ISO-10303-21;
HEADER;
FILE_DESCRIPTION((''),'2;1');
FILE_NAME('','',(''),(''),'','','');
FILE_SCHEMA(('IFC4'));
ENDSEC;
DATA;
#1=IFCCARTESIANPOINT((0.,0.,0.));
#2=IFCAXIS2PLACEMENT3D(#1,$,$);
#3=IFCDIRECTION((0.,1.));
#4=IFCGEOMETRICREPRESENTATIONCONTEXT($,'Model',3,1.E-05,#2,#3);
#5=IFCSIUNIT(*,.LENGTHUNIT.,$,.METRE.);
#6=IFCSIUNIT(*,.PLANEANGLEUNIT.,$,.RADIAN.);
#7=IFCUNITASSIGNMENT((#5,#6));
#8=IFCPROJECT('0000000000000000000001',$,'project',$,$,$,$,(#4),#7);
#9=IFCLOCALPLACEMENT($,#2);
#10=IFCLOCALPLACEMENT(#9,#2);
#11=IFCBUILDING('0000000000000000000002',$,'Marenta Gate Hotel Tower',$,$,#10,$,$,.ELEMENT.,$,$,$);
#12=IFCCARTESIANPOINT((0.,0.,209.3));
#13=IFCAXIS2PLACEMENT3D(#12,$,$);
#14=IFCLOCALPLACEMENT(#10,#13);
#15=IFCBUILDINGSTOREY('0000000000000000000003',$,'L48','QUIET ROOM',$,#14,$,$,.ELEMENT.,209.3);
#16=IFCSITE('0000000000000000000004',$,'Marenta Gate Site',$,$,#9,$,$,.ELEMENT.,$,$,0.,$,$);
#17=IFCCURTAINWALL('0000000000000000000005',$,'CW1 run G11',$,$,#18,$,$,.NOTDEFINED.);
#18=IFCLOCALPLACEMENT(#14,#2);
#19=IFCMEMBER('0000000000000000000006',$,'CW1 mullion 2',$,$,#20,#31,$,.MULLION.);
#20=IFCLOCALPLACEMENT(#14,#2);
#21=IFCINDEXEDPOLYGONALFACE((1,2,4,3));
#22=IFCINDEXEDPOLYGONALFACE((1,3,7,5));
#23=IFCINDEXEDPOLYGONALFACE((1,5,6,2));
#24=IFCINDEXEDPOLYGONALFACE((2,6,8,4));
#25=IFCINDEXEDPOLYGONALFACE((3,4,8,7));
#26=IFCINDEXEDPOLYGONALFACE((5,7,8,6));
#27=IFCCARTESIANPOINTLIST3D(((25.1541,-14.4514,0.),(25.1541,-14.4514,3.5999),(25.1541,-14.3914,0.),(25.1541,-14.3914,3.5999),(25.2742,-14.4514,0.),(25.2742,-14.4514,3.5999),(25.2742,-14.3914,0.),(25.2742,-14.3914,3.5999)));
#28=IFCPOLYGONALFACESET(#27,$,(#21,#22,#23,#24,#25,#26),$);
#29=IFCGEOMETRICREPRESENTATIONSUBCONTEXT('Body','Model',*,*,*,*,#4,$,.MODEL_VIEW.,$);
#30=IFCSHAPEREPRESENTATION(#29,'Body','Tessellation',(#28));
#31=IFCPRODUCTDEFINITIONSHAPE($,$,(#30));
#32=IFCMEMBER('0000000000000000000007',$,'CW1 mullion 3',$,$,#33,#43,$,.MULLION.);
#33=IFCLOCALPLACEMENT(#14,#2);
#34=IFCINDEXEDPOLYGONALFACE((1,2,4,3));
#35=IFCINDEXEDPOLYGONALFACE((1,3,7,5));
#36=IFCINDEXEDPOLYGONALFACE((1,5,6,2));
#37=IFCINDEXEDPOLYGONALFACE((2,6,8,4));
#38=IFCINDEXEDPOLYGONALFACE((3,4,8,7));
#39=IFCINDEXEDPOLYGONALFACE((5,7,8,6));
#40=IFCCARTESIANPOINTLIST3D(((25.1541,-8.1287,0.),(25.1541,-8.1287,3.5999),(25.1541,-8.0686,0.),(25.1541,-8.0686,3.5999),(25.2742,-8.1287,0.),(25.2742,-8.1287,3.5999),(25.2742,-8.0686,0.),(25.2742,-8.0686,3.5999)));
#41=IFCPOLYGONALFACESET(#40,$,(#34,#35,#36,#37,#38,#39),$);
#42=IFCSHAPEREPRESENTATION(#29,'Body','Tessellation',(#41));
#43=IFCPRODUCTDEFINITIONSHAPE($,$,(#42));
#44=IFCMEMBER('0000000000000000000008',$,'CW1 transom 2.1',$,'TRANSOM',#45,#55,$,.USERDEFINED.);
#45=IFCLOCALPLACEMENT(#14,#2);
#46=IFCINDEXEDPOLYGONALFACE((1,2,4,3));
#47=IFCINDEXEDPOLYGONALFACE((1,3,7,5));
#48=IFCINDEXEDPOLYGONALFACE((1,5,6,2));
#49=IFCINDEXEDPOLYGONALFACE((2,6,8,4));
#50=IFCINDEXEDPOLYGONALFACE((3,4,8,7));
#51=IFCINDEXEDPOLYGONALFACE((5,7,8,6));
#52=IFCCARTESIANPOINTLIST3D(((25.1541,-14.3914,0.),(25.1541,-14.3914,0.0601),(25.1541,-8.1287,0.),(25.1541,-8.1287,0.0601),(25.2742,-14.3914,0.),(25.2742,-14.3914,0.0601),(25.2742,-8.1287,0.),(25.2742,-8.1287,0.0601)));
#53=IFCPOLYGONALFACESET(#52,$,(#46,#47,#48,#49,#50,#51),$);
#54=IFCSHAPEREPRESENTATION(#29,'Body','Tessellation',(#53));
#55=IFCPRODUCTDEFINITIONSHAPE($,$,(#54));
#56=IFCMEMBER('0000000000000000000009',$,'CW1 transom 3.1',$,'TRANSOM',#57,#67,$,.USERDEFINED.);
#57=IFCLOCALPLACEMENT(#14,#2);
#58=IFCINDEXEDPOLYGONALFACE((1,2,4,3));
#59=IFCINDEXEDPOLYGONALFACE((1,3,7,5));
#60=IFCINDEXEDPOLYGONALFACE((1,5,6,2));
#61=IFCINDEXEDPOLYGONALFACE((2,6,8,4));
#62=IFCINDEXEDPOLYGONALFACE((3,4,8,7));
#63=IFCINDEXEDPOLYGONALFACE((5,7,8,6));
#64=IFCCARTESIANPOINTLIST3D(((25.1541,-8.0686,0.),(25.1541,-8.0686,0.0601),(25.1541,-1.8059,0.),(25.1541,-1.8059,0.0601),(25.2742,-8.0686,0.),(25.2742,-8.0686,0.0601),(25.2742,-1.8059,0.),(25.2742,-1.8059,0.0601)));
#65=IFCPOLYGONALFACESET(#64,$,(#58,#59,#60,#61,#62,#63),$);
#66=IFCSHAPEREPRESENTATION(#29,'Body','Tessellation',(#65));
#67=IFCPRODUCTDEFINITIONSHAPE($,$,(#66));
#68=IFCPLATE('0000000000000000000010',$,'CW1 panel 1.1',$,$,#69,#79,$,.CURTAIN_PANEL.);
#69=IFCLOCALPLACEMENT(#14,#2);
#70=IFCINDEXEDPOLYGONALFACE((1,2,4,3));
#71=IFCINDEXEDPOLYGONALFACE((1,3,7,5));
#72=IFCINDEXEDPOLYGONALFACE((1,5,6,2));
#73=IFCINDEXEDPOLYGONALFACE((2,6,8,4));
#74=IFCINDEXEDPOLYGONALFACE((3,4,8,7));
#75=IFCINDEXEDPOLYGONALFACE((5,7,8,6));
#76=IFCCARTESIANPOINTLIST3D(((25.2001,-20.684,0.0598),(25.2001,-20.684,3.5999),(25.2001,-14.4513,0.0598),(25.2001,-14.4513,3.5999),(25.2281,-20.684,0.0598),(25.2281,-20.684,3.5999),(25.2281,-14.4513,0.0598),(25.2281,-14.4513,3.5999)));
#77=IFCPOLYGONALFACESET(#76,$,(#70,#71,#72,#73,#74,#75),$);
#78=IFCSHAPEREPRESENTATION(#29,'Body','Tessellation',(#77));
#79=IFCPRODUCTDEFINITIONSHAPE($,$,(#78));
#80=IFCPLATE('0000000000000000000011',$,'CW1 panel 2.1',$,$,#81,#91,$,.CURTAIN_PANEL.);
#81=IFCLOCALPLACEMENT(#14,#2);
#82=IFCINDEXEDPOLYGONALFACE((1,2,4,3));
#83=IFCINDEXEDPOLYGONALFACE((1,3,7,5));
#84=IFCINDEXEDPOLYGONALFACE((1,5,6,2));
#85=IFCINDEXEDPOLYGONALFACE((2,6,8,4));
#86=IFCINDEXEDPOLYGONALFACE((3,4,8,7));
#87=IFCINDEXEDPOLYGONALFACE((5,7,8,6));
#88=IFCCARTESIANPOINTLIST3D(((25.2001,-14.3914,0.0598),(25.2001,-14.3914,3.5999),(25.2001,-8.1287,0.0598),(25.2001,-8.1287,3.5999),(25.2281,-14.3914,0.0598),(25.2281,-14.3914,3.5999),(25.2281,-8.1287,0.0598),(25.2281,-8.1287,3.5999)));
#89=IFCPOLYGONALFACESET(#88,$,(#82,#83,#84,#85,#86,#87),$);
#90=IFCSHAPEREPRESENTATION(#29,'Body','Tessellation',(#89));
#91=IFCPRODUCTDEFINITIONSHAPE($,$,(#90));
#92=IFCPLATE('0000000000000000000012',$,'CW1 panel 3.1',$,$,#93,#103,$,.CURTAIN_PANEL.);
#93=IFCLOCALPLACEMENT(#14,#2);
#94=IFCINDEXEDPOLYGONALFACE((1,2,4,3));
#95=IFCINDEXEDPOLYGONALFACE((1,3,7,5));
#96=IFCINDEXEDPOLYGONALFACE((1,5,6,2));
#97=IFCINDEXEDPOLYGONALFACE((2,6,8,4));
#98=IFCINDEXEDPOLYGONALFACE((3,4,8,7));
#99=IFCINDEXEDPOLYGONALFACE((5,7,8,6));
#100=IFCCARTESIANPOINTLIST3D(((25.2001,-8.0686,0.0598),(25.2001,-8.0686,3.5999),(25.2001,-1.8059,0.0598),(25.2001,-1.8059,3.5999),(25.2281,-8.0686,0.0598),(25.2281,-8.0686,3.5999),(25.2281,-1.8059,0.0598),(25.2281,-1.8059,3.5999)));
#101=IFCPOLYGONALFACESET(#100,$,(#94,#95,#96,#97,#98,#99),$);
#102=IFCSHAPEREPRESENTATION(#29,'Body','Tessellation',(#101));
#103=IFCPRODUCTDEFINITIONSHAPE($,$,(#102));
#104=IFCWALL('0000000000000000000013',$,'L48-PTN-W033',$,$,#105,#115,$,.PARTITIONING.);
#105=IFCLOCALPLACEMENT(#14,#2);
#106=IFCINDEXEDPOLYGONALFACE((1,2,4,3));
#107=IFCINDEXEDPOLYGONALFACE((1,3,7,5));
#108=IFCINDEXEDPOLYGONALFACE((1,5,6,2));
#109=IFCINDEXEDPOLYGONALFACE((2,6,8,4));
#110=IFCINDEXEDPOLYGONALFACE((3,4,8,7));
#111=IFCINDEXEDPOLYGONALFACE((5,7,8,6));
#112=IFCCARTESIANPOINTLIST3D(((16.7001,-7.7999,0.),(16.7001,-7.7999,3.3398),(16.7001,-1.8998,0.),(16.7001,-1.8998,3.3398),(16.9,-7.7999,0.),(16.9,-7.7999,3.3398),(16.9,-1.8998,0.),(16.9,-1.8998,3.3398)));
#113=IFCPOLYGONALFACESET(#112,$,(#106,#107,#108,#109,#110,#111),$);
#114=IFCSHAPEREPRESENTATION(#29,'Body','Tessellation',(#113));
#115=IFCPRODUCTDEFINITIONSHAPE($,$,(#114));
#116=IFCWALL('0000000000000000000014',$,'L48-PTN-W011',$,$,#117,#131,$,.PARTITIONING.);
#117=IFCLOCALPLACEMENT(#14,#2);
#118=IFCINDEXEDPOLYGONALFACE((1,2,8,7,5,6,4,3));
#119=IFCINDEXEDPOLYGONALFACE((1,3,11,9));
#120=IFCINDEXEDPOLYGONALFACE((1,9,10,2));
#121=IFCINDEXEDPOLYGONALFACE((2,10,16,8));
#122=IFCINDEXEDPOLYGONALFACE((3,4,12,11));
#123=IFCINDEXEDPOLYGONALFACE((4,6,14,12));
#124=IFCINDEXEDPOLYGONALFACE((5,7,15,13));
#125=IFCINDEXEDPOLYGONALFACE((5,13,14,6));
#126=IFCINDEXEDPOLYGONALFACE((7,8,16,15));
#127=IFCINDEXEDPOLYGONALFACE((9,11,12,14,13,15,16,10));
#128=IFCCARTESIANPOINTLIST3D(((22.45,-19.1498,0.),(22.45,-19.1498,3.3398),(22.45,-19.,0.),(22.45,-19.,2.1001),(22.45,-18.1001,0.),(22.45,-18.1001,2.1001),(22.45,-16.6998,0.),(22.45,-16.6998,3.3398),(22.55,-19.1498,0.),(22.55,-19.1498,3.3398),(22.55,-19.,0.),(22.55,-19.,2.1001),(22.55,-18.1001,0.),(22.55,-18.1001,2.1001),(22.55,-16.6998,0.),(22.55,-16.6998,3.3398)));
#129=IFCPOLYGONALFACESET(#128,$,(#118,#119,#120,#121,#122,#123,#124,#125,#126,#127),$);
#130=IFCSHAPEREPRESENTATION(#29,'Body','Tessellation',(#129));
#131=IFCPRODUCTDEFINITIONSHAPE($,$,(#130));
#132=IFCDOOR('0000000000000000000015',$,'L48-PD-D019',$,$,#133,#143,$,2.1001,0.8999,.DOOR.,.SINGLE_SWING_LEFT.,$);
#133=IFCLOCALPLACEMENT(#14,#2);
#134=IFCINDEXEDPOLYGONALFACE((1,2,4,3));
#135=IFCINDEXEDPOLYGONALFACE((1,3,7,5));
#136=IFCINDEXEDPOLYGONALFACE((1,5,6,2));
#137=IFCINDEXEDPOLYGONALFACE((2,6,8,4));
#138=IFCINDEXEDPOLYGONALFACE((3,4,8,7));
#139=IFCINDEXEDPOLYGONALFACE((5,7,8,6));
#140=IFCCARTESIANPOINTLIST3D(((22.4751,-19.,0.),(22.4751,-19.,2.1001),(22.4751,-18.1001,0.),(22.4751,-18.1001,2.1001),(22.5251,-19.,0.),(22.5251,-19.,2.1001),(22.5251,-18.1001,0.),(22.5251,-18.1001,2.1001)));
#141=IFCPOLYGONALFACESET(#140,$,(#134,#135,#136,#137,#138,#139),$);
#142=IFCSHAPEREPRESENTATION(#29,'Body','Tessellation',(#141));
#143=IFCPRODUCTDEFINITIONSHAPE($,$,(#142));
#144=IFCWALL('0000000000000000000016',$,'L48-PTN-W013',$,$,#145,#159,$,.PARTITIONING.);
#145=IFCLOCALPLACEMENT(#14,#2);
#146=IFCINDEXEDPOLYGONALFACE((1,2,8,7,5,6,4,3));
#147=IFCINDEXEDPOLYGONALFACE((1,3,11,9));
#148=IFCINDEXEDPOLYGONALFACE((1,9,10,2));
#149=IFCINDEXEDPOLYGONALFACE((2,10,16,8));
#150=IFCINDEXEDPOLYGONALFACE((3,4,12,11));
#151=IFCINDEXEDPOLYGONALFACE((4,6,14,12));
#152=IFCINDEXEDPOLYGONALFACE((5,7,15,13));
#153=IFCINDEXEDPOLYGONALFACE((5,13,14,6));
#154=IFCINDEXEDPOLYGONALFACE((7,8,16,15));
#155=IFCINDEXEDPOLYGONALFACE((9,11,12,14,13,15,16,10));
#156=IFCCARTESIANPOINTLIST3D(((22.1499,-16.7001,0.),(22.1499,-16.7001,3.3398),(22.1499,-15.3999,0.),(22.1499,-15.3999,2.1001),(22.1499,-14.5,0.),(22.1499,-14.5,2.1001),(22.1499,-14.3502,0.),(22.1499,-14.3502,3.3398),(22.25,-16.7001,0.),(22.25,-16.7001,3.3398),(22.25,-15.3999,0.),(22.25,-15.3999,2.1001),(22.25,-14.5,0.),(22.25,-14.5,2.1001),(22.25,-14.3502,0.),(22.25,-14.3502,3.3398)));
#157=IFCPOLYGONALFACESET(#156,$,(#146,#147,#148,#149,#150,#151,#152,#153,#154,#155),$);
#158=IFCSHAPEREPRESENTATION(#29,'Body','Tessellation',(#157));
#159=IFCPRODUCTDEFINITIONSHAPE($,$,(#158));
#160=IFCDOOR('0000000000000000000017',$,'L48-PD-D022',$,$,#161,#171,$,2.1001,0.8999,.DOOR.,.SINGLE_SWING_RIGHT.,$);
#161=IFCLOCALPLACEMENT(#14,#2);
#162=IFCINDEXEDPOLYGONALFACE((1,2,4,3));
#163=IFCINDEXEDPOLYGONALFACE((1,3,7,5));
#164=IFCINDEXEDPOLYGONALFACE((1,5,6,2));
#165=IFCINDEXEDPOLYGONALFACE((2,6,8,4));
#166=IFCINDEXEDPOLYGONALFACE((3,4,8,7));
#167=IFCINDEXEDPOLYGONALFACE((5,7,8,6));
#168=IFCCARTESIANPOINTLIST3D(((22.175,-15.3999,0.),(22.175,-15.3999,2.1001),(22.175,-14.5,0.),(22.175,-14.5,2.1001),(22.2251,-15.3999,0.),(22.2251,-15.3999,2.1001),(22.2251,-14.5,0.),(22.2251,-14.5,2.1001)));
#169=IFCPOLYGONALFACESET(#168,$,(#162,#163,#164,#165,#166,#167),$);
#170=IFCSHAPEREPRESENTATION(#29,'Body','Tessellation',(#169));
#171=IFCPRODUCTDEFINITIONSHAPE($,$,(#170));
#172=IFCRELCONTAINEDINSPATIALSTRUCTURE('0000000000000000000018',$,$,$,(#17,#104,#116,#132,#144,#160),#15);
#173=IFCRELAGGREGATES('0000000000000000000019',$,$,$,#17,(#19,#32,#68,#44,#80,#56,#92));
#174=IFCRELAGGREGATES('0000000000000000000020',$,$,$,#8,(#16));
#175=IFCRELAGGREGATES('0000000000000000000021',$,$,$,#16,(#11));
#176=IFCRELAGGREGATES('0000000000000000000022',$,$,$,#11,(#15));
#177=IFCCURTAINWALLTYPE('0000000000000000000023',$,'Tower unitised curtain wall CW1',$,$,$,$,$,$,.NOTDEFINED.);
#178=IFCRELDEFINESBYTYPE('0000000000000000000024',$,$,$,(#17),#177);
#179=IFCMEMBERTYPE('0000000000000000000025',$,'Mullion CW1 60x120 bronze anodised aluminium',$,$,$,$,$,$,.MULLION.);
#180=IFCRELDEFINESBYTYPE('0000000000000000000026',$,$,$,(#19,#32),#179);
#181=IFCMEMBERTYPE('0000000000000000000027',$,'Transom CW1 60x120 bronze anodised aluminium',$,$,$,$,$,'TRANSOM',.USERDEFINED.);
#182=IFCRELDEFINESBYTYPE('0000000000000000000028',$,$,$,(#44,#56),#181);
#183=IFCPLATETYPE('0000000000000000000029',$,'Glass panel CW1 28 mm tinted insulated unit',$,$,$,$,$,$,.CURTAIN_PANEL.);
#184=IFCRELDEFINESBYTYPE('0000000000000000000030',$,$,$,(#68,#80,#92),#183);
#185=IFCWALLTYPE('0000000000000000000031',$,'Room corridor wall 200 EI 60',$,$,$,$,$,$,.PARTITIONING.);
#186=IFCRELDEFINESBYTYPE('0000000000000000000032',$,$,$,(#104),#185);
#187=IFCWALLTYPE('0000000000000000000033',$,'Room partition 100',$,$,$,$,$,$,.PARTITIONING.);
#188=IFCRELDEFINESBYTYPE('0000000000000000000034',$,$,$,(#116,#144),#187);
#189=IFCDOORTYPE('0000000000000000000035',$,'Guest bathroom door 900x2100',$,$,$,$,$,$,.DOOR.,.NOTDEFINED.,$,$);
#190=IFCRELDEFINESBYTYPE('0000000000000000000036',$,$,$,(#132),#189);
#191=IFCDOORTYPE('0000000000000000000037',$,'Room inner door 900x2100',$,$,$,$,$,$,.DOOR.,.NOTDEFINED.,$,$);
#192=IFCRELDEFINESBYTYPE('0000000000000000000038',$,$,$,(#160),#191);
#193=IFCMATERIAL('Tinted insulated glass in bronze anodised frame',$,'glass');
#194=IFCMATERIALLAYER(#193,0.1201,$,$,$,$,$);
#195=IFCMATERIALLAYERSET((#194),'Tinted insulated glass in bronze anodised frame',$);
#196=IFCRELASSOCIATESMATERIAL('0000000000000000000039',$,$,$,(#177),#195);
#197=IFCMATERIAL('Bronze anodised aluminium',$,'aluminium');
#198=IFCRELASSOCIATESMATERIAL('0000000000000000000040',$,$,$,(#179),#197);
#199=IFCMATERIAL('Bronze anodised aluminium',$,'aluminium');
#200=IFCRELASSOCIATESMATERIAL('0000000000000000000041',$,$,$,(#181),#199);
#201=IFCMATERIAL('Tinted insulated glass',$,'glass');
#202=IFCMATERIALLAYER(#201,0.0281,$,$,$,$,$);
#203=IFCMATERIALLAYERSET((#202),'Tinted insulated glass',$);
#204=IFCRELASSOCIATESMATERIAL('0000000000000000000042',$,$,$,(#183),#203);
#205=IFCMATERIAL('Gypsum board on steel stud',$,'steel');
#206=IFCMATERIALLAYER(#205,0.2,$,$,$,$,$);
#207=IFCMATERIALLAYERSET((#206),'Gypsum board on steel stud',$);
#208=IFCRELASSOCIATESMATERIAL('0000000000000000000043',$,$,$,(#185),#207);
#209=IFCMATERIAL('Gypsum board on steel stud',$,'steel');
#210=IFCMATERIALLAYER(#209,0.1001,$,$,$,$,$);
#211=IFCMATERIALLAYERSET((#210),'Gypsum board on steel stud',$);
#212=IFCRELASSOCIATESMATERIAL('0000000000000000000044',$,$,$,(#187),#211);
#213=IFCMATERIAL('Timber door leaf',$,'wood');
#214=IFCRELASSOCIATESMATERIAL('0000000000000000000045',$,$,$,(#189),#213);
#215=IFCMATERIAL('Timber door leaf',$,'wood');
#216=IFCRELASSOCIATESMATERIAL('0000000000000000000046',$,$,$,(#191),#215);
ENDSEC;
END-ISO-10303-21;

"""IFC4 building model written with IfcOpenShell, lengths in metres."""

from ifc_helpers import new_model, si_unit, direction, frame, frame_2d, origin, origin_2d, place, context, subcontext, project, spatial, rectangle, extrude, material, layer, layer_set, material_profile, profile_set, type_object, element, fill, aggregate, save


model = new_model("IFC4")

# Units and contexts
model_context = context("Model", 3, precision=1e-05, world=origin(), true_north=direction((0.0, 1.0)))
body_context = subcontext(model_context, "Body", "Model", "MODEL_VIEW")
ifc_project = project(units=[si_unit("LENGTHUNIT", "METRE"), si_unit("PLANEANGLEUNIT", "RADIAN")], contexts=[model_context])

# Site, building, storey
site_placement = place(None, origin())
site = spatial("IfcSite", under=ifc_project, at=site_placement, Name="Marenta Gate Site", CompositionType="ELEMENT", RefElevation=0.0)
building_placement = place(site_placement, origin())
building = spatial("IfcBuilding", under=site, at=building_placement, Name="Marenta Gate Hotel Tower", CompositionType="ELEMENT")
storey_placement = place(building_placement, frame((0.0, 0.0, 209.3)))
storey = spatial("IfcBuildingStorey", under=building, at=storey_placement, Name="L48", Description="QUIET ROOM", CompositionType="ELEMENT", Elevation=209.3)

# Curtain wall, members, plates
ifc_material_1 = material(Name="Tinted insulated glass in bronze anodised frame", Category="glass")
ifc_layer_1 = layer(ifc_material_1, 0.1201)
ifc_layer_set_1 = layer_set([ifc_layer_1], Name="Tinted insulated glass in bronze anodised frame")
curtain_wall_type = type_object("IfcCurtainWallType", Name="Tower unitised curtain wall CW1", PredefinedType="NOTDEFINED", material=ifc_layer_set_1)
curtain_wall_placement = place(storey_placement, origin())
curtain_wall = element("IfcCurtainWall", 1, at=curtain_wall_placement, inside=storey, type_object=curtain_wall_type, Name="CW1 run G11", PredefinedType="NOTDEFINED")
ifc_material_2 = material(Name="Bronze anodised aluminium", Category="aluminium")
ifc_material_profile_1 = material_profile(ifc_material_2, rectangle(XDim=0.1201, YDim=0.0601, at=origin_2d()), Name="Mullion CW1 60x120 bronze anodised aluminium")
ifc_profile_set_1 = profile_set([ifc_material_profile_1], Name="Bronze anodised aluminium")
member_type_1 = type_object("IfcMemberType", Name="Mullion CW1 60x120 bronze anodised aluminium", PredefinedType="MULLION", material=ifc_profile_set_1)
member_1_placement = place(storey_placement, frame((25.2141, -14.4214, 0.0), z_axis=(0.0, 0.0, 1.0), x_axis=(-1.0, 0.0, 0.0)))
member_1 = element("IfcMember", 2, at=member_1_placement, type_object=member_type_1, Name="CW1 mullion 2", PredefinedType="MULLION", context=body_context, shape_type="SweptSolid", body=[
    extrude(rectangle(XDim=0.1201, YDim=0.0601, at=origin_2d()), origin(), (0.0, 0.0, 1.0), 3.5999),
])
member_2_placement = place(storey_placement, frame((25.2141, -8.0986, 0.0), z_axis=(0.0, 0.0, 1.0), x_axis=(-1.0, 0.0, 0.0)))
member_2 = element("IfcMember", 3, at=member_2_placement, type_object=member_type_1, Name="CW1 mullion 3", PredefinedType="MULLION", context=body_context, shape_type="SweptSolid", body=[
    extrude(rectangle(XDim=0.1201, YDim=0.0601, at=origin_2d()), origin(), (0.0, 0.0, 1.0), 3.5999),
])
ifc_material_3 = material(Name="Bronze anodised aluminium", Category="aluminium")
ifc_material_profile_2 = material_profile(ifc_material_3, rectangle(XDim=0.1201, YDim=0.0601, at=origin_2d()), Name="Transom CW1 60x120 bronze anodised aluminium")
ifc_profile_set_2 = profile_set([ifc_material_profile_2], Name="Bronze anodised aluminium")
member_type_2 = type_object("IfcMemberType", Name="Transom CW1 60x120 bronze anodised aluminium", ElementType="TRANSOM", PredefinedType="USERDEFINED", material=ifc_profile_set_2)
member_3_placement = place(storey_placement, frame((25.2141, -14.3914, 0.03), z_axis=(0.0, 1.0, 0.0), x_axis=(-1.0, 0.0, 0.0)))
member_3 = element("IfcMember", 4, at=member_3_placement, type_object=member_type_2, Name="CW1 transom 2.1", ObjectType="TRANSOM", PredefinedType="USERDEFINED", context=body_context, shape_type="SweptSolid", body=[
    extrude(rectangle(XDim=0.1201, YDim=0.0601, at=origin_2d()), origin(), (0.0, 0.0, 1.0), 6.2627),
])
member_4_placement = place(storey_placement, frame((25.2141, -8.0686, 0.03), z_axis=(0.0, 1.0, 0.0), x_axis=(-1.0, 0.0, 0.0)))
member_4 = element("IfcMember", 5, at=member_4_placement, type_object=member_type_2, Name="CW1 transom 3.1", ObjectType="TRANSOM", PredefinedType="USERDEFINED", context=body_context, shape_type="SweptSolid", body=[
    extrude(rectangle(XDim=0.1201, YDim=0.0601, at=origin_2d()), origin(), (0.0, 0.0, 1.0), 6.2627),
])
ifc_material_4 = material(Name="Tinted insulated glass", Category="glass")
ifc_layer_2 = layer(ifc_material_4, 0.0281)
ifc_layer_set_2 = layer_set([ifc_layer_2], Name="Tinted insulated glass")
plate_type = type_object("IfcPlateType", Name="Glass panel CW1 28 mm tinted insulated unit", PredefinedType="CURTAIN_PANEL", material=ifc_layer_set_2)
plate_1_placement = place(storey_placement, frame((25.2141, -17.5676, 0.0598), z_axis=(0.0, 0.0, 1.0), x_axis=(0.0, 1.0, 0.0)))
plate_1 = element("IfcPlate", 6, at=plate_1_placement, type_object=plate_type, Name="CW1 panel 1.1", PredefinedType="CURTAIN_PANEL", context=body_context, shape_type="SweptSolid", body=[
    extrude(rectangle(XDim=6.2327, YDim=0.0281, at=origin_2d()), origin(), (0.0, 0.0, 1.0), 3.54),
])
plate_2_placement = place(storey_placement, frame((25.2141, -11.26, 0.0598), z_axis=(0.0, 0.0, 1.0), x_axis=(0.0, 1.0, 0.0)))
plate_2 = element("IfcPlate", 7, at=plate_2_placement, type_object=plate_type, Name="CW1 panel 2.1", PredefinedType="CURTAIN_PANEL", context=body_context, shape_type="SweptSolid", body=[
    extrude(rectangle(XDim=6.2627, YDim=0.0281, at=origin_2d()), origin(), (0.0, 0.0, 1.0), 3.54),
])
plate_3_placement = place(storey_placement, frame((25.2141, -4.9373, 0.0598), z_axis=(0.0, 0.0, 1.0), x_axis=(0.0, 1.0, 0.0)))
plate_3 = element("IfcPlate", 8, at=plate_3_placement, type_object=plate_type, Name="CW1 panel 3.1", PredefinedType="CURTAIN_PANEL", context=body_context, shape_type="SweptSolid", body=[
    extrude(rectangle(XDim=6.2627, YDim=0.0281, at=origin_2d()), origin(), (0.0, 0.0, 1.0), 3.54),
])
aggregate(curtain_wall, [member_1, member_2, plate_1, member_3, plate_2, member_4, plate_3])

# Wall
ifc_material_5 = material(Name="Gypsum board on steel stud", Category="steel")
ifc_layer_3 = layer(ifc_material_5, 0.2)
ifc_layer_set_3 = layer_set([ifc_layer_3], Name="Gypsum board on steel stud")
wall_type_1 = type_object("IfcWallType", Name="Room corridor wall 200 EI 60", PredefinedType="PARTITIONING", material=ifc_layer_set_3)
wall_1_placement = place(storey_placement, frame((16.8, -7.8, 0.0), z_axis=(0.0, 0.0, 1.0), x_axis=(0.0, 1.0, 0.0)))
element("IfcWall", 9, at=wall_1_placement, inside=storey, type_object=wall_type_1, Name="L48-PTN-W033", PredefinedType="PARTITIONING", context=body_context, shape_type="SweptSolid", body=[
    extrude(rectangle(XDim=5.9001, YDim=0.2, at=frame_2d((2.9502, 0.0))), origin(), (0.0, 0.0, 1.0), 3.3398),
])

# Walls, openings, doors
ifc_material_6 = material(Name="Gypsum board on steel stud", Category="steel")
ifc_layer_4 = layer(ifc_material_6, 0.1001)
ifc_layer_set_4 = layer_set([ifc_layer_4], Name="Gypsum board on steel stud")
wall_type_2 = type_object("IfcWallType", Name="Room partition 100", PredefinedType="PARTITIONING", material=ifc_layer_set_4)
wall_2_placement = place(storey_placement, frame((22.5, -19.1499, 0.0), z_axis=(0.0, 0.0, 1.0), x_axis=(0.0, 1.0, 0.0)))
wall_2 = element("IfcWall", 10, at=wall_2_placement, inside=storey, type_object=wall_type_2, Name="L48-PTN-W011", PredefinedType="PARTITIONING", context=body_context, shape_type="SweptSolid", body=[
    extrude(rectangle(XDim=2.45, YDim=0.1001, at=frame_2d((1.2251, 0.0))), origin(), (0.0, 0.0, 1.0), 3.3398),
])
opening_1_placement = place(wall_2_placement, frame((0.1499, 0.0, 0.0)))
opening_1 = element("IfcOpeningElement", 11, at=opening_1_placement, cuts=wall_2, PredefinedType="OPENING", context=body_context, shape_type="SweptSolid", body=[
    extrude(rectangle(XDim=0.8999, YDim=2.1001, at=frame_2d((0.45, 1.05))), frame((0.0, 0.05, 0.0), z_axis=(0.0, -1.0, 0.0), x_axis=(1.0, 0.0, 0.0)), (0.0, 0.0, 1.0), 0.1001),
])
ifc_material_7 = material(Name="Timber door leaf", Category="wood")
door_type_1 = type_object("IfcDoorType", Name="Guest bathroom door 900x2100", OperationType="NOTDEFINED", PredefinedType="DOOR", material=ifc_material_7)
door_1_placement = place(opening_1_placement, origin())
door_1 = element("IfcDoor", 12, at=door_1_placement, inside=storey, type_object=door_type_1, Name="L48-PD-D019", OperationType="SINGLE_SWING_LEFT", OverallHeight=2.1001, OverallWidth=0.8999, PredefinedType="DOOR", context=body_context, shape_type="SweptSolid", body=[
    extrude(rectangle(XDim=0.8999, YDim=2.1001, at=frame_2d((0.45, 1.05))), frame((0.0, 0.0249, 0.0), z_axis=(0.0, -1.0, 0.0), x_axis=(1.0, 0.0, 0.0)), (0.0, 0.0, 1.0), 0.05),
])
fill(opening_1, door_1)
wall_3_placement = place(storey_placement, frame((22.2, -16.7, 0.0), z_axis=(0.0, 0.0, 1.0), x_axis=(0.0, 1.0, 0.0)))
wall_3 = element("IfcWall", 13, at=wall_3_placement, inside=storey, type_object=wall_type_2, Name="L48-PTN-W013", PredefinedType="PARTITIONING", context=body_context, shape_type="SweptSolid", body=[
    extrude(rectangle(XDim=2.3499, YDim=0.1001, at=frame_2d((1.1748, 0.0))), origin(), (0.0, 0.0, 1.0), 3.3398),
])
opening_2_placement = place(wall_3_placement, frame((1.3, 0.0, 0.0)))
opening_2 = element("IfcOpeningElement", 14, at=opening_2_placement, cuts=wall_3, PredefinedType="OPENING", context=body_context, shape_type="SweptSolid", body=[
    extrude(rectangle(XDim=0.8999, YDim=2.1001, at=frame_2d((0.45, 1.05))), frame((0.0, 0.05, 0.0), z_axis=(0.0, -1.0, 0.0), x_axis=(1.0, 0.0, 0.0)), (0.0, 0.0, 1.0), 0.1001),
])
ifc_material_8 = material(Name="Timber door leaf", Category="wood")
door_type_2 = type_object("IfcDoorType", Name="Room inner door 900x2100", OperationType="NOTDEFINED", PredefinedType="DOOR", material=ifc_material_8)
door_2_placement = place(opening_2_placement, origin())
door_2 = element("IfcDoor", 15, at=door_2_placement, inside=storey, type_object=door_type_2, Name="L48-PD-D022", OperationType="SINGLE_SWING_RIGHT", OverallHeight=2.1001, OverallWidth=0.8999, PredefinedType="DOOR", context=body_context, shape_type="SweptSolid", body=[
    extrude(rectangle(XDim=0.8999, YDim=2.1001, at=frame_2d((0.45, 1.05))), frame((0.0, 0.0249, 0.0), z_axis=(0.0, -1.0, 0.0), x_axis=(1.0, 0.0, 0.0)), (0.0, 0.0, 1.0), 0.05),
])
fill(opening_2, door_2)

save(model, "model.ifc")
